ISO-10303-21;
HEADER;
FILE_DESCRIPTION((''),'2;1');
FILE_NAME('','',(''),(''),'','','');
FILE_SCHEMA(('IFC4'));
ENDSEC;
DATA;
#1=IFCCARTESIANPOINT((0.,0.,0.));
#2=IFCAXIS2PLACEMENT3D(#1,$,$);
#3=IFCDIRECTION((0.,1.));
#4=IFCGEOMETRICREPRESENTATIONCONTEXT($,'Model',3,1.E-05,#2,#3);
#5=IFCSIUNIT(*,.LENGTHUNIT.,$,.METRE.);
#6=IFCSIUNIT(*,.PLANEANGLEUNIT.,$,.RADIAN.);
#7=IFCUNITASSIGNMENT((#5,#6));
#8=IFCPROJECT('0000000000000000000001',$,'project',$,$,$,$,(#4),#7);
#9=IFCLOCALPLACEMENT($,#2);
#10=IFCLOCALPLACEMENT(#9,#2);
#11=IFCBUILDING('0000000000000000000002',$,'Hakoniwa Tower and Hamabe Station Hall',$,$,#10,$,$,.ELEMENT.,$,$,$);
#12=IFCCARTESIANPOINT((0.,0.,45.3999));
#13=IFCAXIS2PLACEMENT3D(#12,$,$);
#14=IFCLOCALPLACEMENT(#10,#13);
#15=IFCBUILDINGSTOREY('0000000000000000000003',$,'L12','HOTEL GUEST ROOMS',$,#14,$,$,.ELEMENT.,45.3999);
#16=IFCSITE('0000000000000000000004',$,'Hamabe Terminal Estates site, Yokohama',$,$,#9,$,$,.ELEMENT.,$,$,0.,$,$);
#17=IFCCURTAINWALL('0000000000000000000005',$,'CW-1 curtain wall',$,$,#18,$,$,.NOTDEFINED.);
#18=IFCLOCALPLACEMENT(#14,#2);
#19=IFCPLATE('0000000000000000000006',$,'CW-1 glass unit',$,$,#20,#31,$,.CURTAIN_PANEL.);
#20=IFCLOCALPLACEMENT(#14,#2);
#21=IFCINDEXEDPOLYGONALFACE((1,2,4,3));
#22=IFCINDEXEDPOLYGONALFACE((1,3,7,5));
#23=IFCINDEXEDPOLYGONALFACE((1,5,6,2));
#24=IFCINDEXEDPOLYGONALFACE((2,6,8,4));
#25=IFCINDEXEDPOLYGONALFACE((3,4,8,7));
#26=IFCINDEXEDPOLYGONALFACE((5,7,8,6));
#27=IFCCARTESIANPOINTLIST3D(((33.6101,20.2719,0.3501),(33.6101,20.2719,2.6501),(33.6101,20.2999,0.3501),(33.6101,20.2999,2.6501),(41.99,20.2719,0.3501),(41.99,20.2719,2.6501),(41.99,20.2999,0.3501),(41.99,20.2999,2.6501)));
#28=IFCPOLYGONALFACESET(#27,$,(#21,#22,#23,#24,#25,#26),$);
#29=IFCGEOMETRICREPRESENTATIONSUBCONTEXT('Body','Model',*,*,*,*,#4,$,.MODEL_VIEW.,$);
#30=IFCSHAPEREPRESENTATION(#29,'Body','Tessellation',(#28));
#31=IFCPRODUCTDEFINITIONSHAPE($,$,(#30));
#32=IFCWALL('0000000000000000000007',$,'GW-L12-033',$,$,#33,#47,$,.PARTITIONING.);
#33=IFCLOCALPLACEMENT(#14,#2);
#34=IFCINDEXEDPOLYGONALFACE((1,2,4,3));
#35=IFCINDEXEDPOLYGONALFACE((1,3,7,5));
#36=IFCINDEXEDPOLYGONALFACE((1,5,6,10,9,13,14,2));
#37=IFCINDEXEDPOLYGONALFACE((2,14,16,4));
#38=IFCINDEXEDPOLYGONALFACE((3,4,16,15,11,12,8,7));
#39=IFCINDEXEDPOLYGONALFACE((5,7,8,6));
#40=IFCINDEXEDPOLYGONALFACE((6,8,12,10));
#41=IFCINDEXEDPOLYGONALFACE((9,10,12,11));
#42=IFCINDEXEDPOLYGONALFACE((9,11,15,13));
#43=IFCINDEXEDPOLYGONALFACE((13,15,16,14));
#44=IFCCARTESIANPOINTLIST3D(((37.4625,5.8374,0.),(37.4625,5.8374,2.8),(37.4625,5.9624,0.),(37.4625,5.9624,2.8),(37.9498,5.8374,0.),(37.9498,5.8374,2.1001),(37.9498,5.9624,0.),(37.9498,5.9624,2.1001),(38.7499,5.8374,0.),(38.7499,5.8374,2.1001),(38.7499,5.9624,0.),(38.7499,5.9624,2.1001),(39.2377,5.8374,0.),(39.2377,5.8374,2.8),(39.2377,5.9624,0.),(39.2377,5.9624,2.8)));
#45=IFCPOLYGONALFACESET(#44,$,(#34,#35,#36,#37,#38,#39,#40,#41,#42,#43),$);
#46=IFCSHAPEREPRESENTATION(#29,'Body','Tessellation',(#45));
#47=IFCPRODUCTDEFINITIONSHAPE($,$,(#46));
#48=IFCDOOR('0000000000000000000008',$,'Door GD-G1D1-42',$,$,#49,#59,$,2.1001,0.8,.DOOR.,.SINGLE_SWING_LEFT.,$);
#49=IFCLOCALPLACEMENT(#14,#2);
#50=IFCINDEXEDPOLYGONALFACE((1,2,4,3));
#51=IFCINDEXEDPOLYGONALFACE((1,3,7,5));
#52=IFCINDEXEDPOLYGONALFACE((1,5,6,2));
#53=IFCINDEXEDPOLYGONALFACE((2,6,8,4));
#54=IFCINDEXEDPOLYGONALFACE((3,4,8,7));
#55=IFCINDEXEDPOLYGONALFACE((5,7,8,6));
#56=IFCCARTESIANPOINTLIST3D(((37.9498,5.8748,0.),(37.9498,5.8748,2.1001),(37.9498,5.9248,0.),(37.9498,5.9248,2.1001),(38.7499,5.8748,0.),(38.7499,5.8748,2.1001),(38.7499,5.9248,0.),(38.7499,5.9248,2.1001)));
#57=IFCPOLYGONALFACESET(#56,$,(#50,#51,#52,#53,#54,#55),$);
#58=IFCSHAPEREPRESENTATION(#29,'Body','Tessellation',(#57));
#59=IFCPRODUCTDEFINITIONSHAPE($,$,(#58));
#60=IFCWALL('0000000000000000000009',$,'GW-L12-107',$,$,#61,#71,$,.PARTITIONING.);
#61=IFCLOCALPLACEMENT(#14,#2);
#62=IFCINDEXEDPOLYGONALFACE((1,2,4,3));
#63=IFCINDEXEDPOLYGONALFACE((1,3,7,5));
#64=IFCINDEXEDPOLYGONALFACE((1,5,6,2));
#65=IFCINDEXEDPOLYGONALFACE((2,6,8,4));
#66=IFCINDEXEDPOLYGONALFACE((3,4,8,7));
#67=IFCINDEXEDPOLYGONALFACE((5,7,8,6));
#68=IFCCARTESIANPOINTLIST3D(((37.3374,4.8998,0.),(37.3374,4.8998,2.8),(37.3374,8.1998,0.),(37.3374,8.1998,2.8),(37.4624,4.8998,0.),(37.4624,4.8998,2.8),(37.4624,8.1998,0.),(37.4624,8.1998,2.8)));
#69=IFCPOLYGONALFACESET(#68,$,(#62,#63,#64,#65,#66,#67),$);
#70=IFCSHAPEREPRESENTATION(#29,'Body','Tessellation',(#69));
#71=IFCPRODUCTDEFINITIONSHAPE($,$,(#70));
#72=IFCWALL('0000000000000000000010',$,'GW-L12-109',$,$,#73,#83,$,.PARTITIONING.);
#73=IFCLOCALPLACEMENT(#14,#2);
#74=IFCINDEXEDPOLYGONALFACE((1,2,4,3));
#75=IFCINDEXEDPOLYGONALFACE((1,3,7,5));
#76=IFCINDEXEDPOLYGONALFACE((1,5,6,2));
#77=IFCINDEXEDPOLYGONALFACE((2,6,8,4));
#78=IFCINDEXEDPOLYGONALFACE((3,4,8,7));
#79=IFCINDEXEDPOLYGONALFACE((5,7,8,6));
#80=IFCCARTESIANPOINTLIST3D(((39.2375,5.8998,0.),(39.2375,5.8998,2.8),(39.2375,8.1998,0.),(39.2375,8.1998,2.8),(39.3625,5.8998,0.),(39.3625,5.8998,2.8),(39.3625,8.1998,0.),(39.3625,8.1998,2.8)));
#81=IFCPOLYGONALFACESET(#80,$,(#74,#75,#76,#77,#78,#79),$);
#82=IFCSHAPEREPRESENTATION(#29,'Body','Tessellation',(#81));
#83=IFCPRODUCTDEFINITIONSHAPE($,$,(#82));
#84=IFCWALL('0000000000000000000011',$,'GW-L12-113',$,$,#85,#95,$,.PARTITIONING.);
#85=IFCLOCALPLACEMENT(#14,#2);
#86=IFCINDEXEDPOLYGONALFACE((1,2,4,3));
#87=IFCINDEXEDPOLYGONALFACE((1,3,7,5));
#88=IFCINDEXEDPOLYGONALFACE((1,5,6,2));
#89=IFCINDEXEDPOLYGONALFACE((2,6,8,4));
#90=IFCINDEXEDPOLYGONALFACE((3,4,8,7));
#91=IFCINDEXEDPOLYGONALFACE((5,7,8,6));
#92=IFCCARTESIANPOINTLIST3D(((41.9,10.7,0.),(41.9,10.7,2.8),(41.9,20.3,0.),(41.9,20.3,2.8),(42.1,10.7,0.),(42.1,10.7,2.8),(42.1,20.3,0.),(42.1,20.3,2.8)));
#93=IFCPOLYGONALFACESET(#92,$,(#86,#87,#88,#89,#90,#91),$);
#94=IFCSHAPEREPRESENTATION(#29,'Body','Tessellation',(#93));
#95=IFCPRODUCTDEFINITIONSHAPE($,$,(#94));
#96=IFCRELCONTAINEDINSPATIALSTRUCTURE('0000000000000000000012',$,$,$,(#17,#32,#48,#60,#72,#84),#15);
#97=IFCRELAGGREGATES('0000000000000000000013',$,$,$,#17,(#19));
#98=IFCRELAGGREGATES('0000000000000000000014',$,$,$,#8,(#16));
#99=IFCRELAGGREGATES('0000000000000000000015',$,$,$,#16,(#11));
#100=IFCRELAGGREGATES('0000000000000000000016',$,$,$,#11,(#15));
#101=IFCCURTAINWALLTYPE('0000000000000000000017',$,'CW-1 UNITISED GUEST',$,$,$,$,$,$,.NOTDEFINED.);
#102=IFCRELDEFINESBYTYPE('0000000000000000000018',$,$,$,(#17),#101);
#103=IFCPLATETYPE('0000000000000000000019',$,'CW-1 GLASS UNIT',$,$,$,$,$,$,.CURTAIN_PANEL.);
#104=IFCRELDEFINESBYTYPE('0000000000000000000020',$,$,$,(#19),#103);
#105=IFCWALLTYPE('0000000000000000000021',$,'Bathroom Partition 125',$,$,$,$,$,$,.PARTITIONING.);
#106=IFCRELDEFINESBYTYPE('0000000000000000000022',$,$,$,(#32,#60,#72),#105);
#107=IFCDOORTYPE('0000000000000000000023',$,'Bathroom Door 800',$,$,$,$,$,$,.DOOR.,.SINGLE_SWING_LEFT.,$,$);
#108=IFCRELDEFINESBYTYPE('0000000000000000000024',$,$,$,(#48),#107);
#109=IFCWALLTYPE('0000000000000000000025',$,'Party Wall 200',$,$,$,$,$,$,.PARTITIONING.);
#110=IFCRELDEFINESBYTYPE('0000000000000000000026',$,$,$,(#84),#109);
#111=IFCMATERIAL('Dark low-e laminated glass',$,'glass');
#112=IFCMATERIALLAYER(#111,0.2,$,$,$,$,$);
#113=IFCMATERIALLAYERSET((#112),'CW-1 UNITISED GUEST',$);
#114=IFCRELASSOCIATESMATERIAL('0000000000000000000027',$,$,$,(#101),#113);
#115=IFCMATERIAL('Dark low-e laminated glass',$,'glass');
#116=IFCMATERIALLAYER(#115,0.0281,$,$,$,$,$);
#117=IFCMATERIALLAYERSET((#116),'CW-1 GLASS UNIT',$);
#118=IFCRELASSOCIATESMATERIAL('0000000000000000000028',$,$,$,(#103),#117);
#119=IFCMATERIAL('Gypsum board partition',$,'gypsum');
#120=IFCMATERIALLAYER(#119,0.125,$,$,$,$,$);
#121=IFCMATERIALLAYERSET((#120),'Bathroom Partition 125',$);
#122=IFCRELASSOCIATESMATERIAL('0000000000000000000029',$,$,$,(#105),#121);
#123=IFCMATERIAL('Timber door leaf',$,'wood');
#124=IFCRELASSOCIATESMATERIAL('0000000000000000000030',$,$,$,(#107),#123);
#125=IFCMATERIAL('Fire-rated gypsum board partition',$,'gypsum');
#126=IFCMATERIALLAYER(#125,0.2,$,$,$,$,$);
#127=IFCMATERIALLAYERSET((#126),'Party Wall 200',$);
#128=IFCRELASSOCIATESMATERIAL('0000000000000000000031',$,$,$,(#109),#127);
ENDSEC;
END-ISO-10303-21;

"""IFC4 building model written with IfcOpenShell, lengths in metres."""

from ifc_helpers import new_model, si_unit, direction, frame, frame_2d, origin, origin_2d, place, context, subcontext, project, spatial, rectangle, extrude, material, layer, layer_set, type_object, element, fill, aggregate, save


model = new_model("IFC4")

# Units and contexts
model_context = context("Model", 3, precision=1e-05, world=origin(), true_north=direction((0.0, 1.0)))
body_context = subcontext(model_context, "Body", "Model", "MODEL_VIEW")
ifc_project = project(units=[si_unit("LENGTHUNIT", "METRE"), si_unit("PLANEANGLEUNIT", "RADIAN")], contexts=[model_context])

# Site, building, storey
site_placement = place(None, origin())
site = spatial("IfcSite", under=ifc_project, at=site_placement, Name="Hamabe Terminal Estates site, Yokohama", CompositionType="ELEMENT", RefElevation=0.0)
building_placement = place(site_placement, origin())
building = spatial("IfcBuilding", under=site, at=building_placement, Name="Hakoniwa Tower and Hamabe Station Hall", CompositionType="ELEMENT")
storey_placement = place(building_placement, frame((0.0, 0.0, 45.3999)))
storey = spatial("IfcBuildingStorey", under=building, at=storey_placement, Name="L12", Description="HOTEL GUEST ROOMS", CompositionType="ELEMENT", Elevation=45.3999)

# Curtain wall
ifc_material_1 = material(Name="Dark low-e laminated glass", Category="glass")
ifc_layer_1 = layer(ifc_material_1, 0.2)
ifc_layer_set_1 = layer_set([ifc_layer_1], Name="CW-1 UNITISED GUEST")
curtain_wall_type = type_object("IfcCurtainWallType", Name="CW-1 UNITISED GUEST", PredefinedType="NOTDEFINED", material=ifc_layer_set_1)
curtain_wall_1_placement = place(storey_placement, origin())
curtain_wall_1 = element("IfcCurtainWall", 1, at=curtain_wall_1_placement, inside=storey, type_object=curtain_wall_type, Name="CW-1 curtain wall", PredefinedType="NOTDEFINED")

# Plate
ifc_material_2 = material(Name="Dark low-e laminated glass", Category="glass")
ifc_layer_2 = layer(ifc_material_2, 0.0281)
ifc_layer_set_2 = layer_set([ifc_layer_2], Name="CW-1 GLASS UNIT")
plate_type = type_object("IfcPlateType", Name="CW-1 GLASS UNIT", PredefinedType="CURTAIN_PANEL", material=ifc_layer_set_2)
plate_1_placement = place(storey_placement, frame((37.8, 20.2859, 0.3501), z_axis=(0.0, 0.0, 1.0), x_axis=(-1.0, 0.0, 0.0)))
plate_1 = element("IfcPlate", 2, at=plate_1_placement, type_object=plate_type, Name="CW-1 glass unit", PredefinedType="CURTAIN_PANEL", context=body_context, shape_type="SweptSolid", body=[
    extrude(rectangle(XDim=8.3799, YDim=0.0281, at=origin_2d()), origin(), (0.0, 0.0, 1.0), 2.3),
])
aggregate(curtain_wall_1, [plate_1])

# Wall, opening, door
ifc_material_3 = material(Name="Gypsum board partition", Category="gypsum")
ifc_layer_3 = layer(ifc_material_3, 0.125)
ifc_layer_set_3 = layer_set([ifc_layer_3], Name="Bathroom Partition 125")
wall_type_1 = type_object("IfcWallType", Name="Bathroom Partition 125", PredefinedType="PARTITIONING", material=ifc_layer_set_3)
wall_1_placement = place(storey_placement, frame((37.4624, 5.8999, 0.0), z_axis=(0.0, 0.0, 1.0), x_axis=(1.0, 0.0, 0.0)))
wall_1 = element("IfcWall", 3, at=wall_1_placement, inside=storey, type_object=wall_type_1, Name="GW-L12-033", PredefinedType="PARTITIONING", context=body_context, shape_type="SweptSolid", body=[
    extrude(rectangle(XDim=1.7751, YDim=0.125, at=frame_2d((0.8877, 0.0))), origin(), (0.0, 0.0, 1.0), 2.8),
])
opening_placement = place(wall_1_placement, frame((0.4875, 0.0, 0.0)))
opening = element("IfcOpeningElement", 4, at=opening_placement, cuts=wall_1, PredefinedType="OPENING", context=body_context, shape_type="SweptSolid", body=[
    extrude(rectangle(XDim=0.8, YDim=2.1001, at=frame_2d((0.3999, 1.05))), frame((0.0, 0.0725, 0.0), z_axis=(0.0, -1.0, 0.0), x_axis=(1.0, 0.0, 0.0)), (0.0, 0.0, 1.0), 0.145),
])
ifc_material_4 = material(Name="Timber door leaf", Category="wood")
door_type = type_object("IfcDoorType", Name="Bathroom Door 800", OperationType="SINGLE_SWING_LEFT", PredefinedType="DOOR", material=ifc_material_4)
door_placement = place(opening_placement, origin())
door = element("IfcDoor", 5, at=door_placement, inside=storey, type_object=door_type, Name="Door GD-G1D1-42", OperationType="SINGLE_SWING_LEFT", OverallHeight=2.1001, OverallWidth=0.8, PredefinedType="DOOR", context=body_context, shape_type="SweptSolid", body=[
    extrude(rectangle(XDim=0.8, YDim=2.1001, at=frame_2d((0.3999, 1.05))), frame((0.0, 0.0249, 0.0), z_axis=(0.0, -1.0, 0.0), x_axis=(1.0, 0.0, 0.0)), (0.0, 0.0, 1.0), 0.05),
])
fill(opening, door)

# Walls
wall_2_placement = place(storey_placement, frame((37.3999, 4.8999, 0.0), z_axis=(0.0, 0.0, 1.0), x_axis=(0.0, 1.0, 0.0)))
element("IfcWall", 6, at=wall_2_placement, inside=storey, type_object=wall_type_1, Name="GW-L12-107", PredefinedType="PARTITIONING", context=body_context, shape_type="SweptSolid", body=[
    extrude(rectangle(XDim=3.3, YDim=0.125, at=frame_2d((1.6499, 0.0))), origin(), (0.0, 0.0, 1.0), 2.8),
])
wall_3_placement = place(storey_placement, frame((39.3, 5.8999, 0.0), z_axis=(0.0, 0.0, 1.0), x_axis=(0.0, 1.0, 0.0)))
element("IfcWall", 7, at=wall_3_placement, inside=storey, type_object=wall_type_1, Name="GW-L12-109", PredefinedType="PARTITIONING", context=body_context, shape_type="SweptSolid", body=[
    extrude(rectangle(XDim=2.3, YDim=0.125, at=frame_2d((1.1499, 0.0))), origin(), (0.0, 0.0, 1.0), 2.8),
])
ifc_material_5 = material(Name="Fire-rated gypsum board partition", Category="gypsum")
ifc_layer_4 = layer(ifc_material_5, 0.2)
ifc_layer_set_4 = layer_set([ifc_layer_4], Name="Party Wall 200")
wall_type_2 = type_object("IfcWallType", Name="Party Wall 200", PredefinedType="PARTITIONING", material=ifc_layer_set_4)
wall_4_placement = place(storey_placement, frame((42.0, 10.7, 0.0), z_axis=(0.0, 0.0, 1.0), x_axis=(0.0, 1.0, 0.0)))
element("IfcWall", 8, at=wall_4_placement, inside=storey, type_object=wall_type_2, Name="GW-L12-113", PredefinedType="PARTITIONING", context=body_context, shape_type="SweptSolid", body=[
    extrude(rectangle(XDim=9.6001, YDim=0.2, at=frame_2d((4.8, 0.0))), origin(), (0.0, 0.0, 1.0), 2.8),
])

save(model, "model.ifc")
